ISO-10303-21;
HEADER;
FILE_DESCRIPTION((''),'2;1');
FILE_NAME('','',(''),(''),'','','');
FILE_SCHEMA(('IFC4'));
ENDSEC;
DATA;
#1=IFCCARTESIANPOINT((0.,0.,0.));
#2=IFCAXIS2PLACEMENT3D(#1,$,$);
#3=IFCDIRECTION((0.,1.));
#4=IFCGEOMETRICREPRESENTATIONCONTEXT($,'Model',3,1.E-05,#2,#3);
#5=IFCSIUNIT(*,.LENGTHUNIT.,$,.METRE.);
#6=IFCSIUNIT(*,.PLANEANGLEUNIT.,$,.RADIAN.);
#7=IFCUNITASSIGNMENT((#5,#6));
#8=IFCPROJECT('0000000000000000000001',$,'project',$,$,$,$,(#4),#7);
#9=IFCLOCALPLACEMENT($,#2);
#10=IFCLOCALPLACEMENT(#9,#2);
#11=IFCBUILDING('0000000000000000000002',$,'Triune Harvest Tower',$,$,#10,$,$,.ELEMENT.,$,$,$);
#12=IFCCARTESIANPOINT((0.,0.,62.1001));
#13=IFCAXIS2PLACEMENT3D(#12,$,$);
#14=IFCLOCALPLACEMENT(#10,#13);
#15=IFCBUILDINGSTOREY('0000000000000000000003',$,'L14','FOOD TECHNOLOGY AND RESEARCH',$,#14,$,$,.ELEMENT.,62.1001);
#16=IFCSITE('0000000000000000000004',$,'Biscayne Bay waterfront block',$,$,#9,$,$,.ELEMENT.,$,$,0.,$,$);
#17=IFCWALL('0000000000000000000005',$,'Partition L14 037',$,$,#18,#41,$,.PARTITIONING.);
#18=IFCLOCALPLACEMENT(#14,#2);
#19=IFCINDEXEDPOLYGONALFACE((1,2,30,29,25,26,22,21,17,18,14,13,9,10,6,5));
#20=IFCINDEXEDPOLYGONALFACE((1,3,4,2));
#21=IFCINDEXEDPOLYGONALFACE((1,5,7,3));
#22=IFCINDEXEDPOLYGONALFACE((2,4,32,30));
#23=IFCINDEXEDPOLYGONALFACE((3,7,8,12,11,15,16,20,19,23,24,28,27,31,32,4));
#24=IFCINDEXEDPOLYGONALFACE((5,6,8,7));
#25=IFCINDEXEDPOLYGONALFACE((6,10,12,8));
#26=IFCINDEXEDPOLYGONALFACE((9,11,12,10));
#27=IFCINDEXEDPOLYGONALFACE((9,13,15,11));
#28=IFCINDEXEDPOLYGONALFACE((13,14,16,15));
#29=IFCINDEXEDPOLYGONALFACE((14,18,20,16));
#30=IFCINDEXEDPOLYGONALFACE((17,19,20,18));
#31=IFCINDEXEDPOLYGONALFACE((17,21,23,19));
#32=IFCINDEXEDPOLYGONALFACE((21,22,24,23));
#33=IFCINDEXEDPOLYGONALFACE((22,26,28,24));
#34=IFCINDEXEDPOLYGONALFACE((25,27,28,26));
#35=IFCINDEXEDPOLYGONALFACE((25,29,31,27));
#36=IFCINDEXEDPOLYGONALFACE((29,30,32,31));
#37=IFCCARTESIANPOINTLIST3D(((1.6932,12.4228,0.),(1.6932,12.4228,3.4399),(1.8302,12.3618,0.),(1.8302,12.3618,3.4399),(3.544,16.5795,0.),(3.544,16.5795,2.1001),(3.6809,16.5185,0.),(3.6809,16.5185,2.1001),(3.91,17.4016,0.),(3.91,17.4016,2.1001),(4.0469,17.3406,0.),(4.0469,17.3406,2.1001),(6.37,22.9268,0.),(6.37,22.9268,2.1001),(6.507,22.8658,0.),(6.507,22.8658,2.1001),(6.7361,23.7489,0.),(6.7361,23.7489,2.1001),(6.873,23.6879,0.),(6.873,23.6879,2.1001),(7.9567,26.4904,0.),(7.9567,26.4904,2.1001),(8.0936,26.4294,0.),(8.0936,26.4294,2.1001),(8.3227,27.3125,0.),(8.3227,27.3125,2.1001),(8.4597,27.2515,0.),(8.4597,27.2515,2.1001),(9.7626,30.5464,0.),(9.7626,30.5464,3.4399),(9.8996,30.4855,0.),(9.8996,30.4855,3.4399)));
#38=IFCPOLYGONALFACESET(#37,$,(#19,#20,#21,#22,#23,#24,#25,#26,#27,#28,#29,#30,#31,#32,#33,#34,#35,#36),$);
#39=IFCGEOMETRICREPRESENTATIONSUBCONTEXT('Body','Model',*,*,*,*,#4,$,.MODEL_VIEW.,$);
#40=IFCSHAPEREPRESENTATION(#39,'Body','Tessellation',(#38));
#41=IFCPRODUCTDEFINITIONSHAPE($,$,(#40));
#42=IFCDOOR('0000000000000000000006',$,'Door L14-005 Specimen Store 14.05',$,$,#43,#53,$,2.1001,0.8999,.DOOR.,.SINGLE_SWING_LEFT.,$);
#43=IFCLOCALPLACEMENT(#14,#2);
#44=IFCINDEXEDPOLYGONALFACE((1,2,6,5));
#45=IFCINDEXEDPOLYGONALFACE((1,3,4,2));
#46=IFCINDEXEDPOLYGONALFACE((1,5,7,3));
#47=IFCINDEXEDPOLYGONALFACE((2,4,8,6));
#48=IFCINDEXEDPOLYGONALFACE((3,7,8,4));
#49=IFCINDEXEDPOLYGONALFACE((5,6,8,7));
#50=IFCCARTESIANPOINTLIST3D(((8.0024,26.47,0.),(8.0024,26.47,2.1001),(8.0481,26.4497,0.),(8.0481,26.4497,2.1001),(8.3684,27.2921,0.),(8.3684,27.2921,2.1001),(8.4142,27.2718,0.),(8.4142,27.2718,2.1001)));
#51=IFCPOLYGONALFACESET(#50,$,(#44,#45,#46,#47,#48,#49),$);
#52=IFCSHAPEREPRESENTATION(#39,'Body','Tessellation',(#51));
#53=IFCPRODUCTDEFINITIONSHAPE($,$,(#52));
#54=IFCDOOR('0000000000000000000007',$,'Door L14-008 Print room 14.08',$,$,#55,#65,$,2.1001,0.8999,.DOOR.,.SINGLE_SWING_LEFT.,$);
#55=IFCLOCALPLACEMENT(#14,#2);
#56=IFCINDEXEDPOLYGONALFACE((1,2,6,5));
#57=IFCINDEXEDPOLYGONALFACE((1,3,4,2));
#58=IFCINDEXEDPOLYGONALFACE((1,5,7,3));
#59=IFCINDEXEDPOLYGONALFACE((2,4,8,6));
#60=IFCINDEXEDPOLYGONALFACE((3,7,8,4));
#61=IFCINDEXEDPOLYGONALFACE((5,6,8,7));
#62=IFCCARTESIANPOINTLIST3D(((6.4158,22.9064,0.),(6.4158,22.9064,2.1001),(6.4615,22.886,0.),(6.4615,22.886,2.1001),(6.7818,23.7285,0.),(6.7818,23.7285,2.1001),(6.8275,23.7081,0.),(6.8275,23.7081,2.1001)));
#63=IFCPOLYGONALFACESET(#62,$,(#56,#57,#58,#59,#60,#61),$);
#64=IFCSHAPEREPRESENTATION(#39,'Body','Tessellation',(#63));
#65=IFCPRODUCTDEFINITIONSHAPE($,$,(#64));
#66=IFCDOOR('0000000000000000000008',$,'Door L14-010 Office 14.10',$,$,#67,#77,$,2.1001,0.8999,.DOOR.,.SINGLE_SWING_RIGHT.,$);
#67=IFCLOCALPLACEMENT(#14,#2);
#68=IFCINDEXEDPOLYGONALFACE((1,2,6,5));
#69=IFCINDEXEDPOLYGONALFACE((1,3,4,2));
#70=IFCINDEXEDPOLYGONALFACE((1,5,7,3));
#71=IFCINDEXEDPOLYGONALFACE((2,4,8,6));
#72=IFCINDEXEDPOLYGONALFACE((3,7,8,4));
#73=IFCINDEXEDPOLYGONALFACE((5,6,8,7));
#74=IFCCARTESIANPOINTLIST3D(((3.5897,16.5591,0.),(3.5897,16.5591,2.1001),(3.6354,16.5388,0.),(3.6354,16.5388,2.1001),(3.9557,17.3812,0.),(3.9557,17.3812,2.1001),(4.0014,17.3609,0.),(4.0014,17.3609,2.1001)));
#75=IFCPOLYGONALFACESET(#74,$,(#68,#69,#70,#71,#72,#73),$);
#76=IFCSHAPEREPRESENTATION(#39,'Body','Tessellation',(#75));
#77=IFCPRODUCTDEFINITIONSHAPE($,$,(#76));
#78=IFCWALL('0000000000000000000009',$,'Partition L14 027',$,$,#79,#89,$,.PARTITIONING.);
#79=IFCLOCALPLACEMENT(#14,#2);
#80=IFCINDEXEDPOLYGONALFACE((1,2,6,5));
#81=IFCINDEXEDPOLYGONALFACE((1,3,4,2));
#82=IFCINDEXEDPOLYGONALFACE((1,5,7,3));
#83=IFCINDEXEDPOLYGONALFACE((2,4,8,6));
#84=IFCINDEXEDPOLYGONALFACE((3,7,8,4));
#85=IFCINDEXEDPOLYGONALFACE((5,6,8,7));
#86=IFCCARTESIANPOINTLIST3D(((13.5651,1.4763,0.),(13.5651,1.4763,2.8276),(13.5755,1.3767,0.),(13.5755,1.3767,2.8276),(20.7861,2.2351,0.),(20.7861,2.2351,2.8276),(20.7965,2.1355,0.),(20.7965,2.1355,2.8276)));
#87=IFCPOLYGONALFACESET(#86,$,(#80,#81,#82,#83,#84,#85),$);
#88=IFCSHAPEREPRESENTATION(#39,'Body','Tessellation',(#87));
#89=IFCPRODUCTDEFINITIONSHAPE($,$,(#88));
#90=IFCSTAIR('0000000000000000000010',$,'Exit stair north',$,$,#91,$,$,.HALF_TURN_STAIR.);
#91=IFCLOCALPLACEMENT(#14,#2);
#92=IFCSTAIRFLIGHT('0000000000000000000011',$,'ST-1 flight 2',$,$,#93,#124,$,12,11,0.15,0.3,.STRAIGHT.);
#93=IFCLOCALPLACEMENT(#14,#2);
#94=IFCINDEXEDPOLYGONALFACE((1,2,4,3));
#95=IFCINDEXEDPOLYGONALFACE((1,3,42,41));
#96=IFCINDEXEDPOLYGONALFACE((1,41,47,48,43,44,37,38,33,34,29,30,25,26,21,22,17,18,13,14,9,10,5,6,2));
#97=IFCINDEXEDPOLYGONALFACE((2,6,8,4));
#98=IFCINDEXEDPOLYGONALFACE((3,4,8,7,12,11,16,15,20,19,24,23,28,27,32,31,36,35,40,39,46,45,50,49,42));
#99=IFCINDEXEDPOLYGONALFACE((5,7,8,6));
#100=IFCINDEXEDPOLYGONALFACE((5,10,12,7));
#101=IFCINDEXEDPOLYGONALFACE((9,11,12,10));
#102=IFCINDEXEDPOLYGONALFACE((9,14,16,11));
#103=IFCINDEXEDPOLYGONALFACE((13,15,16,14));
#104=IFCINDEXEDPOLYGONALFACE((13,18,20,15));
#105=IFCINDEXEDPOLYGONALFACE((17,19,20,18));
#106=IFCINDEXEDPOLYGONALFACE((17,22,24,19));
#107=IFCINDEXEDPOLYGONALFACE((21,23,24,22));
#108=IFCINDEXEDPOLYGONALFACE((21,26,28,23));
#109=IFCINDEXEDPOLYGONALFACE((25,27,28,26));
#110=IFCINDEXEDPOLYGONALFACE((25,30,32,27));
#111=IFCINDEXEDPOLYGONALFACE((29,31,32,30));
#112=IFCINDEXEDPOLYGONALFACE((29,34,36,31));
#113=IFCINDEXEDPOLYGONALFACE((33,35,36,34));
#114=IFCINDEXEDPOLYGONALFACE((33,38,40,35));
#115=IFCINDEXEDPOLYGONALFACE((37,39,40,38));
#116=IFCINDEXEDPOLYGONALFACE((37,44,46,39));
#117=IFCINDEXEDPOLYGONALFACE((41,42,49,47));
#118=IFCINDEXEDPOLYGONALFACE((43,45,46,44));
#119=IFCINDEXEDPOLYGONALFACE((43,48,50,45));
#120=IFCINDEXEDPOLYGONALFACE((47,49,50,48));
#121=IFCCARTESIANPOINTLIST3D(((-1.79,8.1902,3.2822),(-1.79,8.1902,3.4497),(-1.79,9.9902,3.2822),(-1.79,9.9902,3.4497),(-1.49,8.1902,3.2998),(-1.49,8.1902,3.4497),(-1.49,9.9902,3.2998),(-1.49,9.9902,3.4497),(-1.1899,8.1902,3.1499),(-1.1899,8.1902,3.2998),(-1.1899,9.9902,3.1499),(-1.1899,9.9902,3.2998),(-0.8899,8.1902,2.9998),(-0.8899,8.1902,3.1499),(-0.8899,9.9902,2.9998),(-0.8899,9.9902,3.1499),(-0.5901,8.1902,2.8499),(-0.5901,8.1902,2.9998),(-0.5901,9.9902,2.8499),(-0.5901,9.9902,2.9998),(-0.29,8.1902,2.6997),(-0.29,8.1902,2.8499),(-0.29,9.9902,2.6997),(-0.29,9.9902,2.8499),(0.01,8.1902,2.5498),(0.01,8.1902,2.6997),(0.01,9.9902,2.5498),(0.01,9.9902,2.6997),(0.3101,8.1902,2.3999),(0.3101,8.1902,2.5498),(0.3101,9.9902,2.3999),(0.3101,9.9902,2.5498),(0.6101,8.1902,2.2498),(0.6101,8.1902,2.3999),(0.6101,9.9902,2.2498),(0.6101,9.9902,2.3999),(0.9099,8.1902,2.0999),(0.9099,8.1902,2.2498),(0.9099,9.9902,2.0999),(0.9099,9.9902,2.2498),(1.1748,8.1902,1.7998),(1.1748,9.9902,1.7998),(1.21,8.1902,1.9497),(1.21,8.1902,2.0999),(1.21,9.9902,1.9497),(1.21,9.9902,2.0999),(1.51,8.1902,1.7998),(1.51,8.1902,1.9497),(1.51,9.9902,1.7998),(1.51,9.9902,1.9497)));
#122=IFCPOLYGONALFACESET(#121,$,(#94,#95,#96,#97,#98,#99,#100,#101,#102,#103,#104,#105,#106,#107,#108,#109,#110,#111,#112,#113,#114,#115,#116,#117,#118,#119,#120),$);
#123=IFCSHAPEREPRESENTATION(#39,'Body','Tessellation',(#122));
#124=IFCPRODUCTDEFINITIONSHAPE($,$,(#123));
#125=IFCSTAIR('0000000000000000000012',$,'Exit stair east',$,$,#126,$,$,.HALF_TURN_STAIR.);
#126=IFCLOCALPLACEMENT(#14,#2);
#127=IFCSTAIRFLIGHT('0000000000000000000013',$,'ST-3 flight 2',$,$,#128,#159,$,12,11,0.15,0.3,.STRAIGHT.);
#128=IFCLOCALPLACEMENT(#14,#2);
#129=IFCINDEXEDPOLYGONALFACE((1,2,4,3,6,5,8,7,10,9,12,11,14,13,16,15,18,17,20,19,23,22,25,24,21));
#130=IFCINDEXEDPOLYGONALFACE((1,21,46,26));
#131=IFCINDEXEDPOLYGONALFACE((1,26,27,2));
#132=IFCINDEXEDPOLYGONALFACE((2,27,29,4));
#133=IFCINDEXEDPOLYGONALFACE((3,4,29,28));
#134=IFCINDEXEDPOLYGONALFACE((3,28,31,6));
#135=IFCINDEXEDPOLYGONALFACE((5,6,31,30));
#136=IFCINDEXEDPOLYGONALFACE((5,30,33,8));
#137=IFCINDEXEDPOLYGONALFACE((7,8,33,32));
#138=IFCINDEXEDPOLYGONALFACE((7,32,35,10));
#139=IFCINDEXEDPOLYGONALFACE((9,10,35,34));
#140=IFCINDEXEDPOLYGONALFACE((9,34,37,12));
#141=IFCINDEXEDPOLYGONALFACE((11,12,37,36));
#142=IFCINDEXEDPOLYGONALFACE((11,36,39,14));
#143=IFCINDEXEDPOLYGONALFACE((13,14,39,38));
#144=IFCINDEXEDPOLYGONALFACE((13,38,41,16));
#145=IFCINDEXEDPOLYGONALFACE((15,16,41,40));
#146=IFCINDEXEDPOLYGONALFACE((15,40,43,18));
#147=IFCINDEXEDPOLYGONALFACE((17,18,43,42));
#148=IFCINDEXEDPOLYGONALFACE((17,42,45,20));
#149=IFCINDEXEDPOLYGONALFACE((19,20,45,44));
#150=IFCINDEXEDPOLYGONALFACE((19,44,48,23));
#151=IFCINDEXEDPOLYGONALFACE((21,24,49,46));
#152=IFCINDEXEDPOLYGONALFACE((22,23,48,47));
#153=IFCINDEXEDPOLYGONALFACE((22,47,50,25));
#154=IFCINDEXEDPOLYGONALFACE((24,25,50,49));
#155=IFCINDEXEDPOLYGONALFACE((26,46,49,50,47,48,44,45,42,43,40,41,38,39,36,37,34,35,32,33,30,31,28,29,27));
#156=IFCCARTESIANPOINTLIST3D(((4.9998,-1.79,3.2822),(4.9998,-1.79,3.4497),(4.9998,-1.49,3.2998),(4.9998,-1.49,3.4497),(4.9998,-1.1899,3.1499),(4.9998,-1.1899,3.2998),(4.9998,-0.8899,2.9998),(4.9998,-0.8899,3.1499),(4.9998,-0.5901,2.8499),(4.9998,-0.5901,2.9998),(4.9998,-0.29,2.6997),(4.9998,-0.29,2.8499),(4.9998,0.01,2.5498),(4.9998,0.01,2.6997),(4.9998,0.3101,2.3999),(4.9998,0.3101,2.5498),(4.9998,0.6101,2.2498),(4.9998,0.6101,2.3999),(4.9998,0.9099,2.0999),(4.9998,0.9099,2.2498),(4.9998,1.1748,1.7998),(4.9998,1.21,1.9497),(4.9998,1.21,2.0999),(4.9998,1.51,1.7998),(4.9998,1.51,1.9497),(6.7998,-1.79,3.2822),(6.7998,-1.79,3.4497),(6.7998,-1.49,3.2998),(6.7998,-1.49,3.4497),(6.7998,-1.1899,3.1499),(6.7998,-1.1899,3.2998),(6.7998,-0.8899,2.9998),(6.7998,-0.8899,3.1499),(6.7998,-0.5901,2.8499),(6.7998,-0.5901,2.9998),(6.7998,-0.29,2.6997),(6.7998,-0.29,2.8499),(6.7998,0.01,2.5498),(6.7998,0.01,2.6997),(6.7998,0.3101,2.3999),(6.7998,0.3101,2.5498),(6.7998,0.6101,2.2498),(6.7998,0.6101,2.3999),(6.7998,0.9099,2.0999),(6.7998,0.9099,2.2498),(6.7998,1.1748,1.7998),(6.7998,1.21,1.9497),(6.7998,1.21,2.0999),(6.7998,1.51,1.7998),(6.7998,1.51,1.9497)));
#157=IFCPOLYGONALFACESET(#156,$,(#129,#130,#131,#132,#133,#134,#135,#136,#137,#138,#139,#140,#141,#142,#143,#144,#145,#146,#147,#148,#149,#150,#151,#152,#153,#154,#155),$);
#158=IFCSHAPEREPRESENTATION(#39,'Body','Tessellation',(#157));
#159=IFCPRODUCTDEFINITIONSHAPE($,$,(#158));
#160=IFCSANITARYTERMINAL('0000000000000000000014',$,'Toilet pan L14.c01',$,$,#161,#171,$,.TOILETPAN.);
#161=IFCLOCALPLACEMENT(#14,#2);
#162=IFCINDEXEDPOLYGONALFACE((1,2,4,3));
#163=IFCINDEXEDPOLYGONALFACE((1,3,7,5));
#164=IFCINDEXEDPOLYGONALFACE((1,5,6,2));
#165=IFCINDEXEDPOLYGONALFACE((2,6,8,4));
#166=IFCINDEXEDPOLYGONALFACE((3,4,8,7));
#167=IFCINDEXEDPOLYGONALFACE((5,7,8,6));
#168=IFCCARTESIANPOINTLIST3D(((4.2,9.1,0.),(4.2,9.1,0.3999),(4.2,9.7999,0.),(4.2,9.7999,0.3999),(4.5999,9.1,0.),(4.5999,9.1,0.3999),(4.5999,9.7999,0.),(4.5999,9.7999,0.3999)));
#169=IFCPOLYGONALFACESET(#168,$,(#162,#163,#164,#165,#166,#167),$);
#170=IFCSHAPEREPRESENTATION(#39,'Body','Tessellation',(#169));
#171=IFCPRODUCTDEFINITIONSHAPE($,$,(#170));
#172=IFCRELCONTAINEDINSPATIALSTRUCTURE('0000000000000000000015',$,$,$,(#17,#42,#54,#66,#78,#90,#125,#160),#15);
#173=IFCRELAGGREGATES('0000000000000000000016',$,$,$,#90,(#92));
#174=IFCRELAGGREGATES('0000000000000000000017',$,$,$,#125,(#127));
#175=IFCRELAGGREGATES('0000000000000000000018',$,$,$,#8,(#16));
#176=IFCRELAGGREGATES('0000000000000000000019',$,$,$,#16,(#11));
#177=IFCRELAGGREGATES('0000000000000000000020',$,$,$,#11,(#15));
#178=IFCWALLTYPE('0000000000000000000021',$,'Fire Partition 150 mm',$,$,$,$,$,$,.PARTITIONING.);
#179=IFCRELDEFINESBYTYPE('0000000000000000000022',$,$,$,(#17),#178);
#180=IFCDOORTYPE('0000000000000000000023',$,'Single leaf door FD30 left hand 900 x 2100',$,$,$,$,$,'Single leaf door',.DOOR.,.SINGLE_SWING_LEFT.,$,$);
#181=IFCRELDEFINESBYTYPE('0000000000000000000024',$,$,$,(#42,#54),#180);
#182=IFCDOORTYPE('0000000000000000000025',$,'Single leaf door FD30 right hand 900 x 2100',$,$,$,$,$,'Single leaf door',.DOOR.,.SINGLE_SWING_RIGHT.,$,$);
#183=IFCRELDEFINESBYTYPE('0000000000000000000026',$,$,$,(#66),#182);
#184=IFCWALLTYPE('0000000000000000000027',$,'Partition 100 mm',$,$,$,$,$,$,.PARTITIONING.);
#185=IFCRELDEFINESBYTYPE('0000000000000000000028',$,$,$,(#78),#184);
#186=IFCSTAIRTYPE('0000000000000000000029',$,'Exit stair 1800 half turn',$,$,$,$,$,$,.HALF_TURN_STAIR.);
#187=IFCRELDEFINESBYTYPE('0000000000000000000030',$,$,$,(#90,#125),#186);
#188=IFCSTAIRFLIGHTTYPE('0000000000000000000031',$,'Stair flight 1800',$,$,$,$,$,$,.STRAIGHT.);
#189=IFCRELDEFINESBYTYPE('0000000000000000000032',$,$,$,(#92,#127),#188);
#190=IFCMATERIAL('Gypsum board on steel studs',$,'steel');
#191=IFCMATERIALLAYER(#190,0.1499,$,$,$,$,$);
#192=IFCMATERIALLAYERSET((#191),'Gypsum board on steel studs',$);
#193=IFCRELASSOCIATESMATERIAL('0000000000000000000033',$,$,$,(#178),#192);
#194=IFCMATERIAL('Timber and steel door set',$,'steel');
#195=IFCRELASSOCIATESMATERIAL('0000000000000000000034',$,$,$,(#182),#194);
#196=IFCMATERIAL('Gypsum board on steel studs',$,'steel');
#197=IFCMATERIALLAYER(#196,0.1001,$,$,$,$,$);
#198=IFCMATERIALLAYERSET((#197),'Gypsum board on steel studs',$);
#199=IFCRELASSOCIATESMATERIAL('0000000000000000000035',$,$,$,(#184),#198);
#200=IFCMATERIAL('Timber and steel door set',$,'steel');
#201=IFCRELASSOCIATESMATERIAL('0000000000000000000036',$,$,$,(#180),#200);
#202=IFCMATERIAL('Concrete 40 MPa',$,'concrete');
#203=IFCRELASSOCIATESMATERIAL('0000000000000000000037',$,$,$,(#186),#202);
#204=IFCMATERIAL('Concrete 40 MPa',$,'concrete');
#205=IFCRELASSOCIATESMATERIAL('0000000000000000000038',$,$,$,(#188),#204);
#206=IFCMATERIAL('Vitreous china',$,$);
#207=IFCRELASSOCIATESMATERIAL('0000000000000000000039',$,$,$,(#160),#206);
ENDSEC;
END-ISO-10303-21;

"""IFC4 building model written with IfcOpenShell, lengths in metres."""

from ifc_helpers import new_model, si_unit, direction, frame, frame_2d, origin, origin_2d, place, context, subcontext, project, spatial, polyline, rectangle, outline, extrude, source, transform, mapped, material, layer, layer_set, type_object, element, fill, aggregate, save


model = new_model("IFC4")

# Units and contexts
model_context = context("Model", 3, precision=1e-05, world=origin(), true_north=direction((0.0, 1.0)))
body_context = subcontext(model_context, "Body", "Model", "MODEL_VIEW")
ifc_project = project(units=[si_unit("LENGTHUNIT", "METRE"), si_unit("PLANEANGLEUNIT", "RADIAN")], contexts=[model_context])

# Site, building, storey
site_placement = place(None, origin())
site = spatial("IfcSite", under=ifc_project, at=site_placement, Name="Biscayne Bay waterfront block", CompositionType="ELEMENT", RefElevation=0.0)
building_placement = place(site_placement, origin())
building = spatial("IfcBuilding", under=site, at=building_placement, Name="Triune Harvest Tower", CompositionType="ELEMENT")
storey_placement = place(building_placement, frame((0.0, 0.0, 62.1001)))
storey = spatial("IfcBuildingStorey", under=building, at=storey_placement, Name="L14", Description="FOOD TECHNOLOGY AND RESEARCH", CompositionType="ELEMENT", Elevation=62.1001)

# Shared definitions
ifc_material_1 = material(Name="Gypsum board on steel studs", Category="steel")
ifc_layer_1 = layer(ifc_material_1, 0.1499)
ifc_layer_set_1 = layer_set([ifc_layer_1], Name="Gypsum board on steel studs")
wall_type_1 = type_object("IfcWallType", Name="Fire Partition 150 mm", PredefinedType="PARTITIONING", material=ifc_layer_set_1)

# Shared definitions
ifc_material_2 = material(Name="Timber and steel door set", Category="steel")
door_type_1 = type_object("IfcDoorType", Name="Single leaf door FD30 right hand 900 x 2100", ElementType="Single leaf door", OperationType="SINGLE_SWING_RIGHT", PredefinedType="DOOR", material=ifc_material_2)

# Shared definitions
ifc_material_3 = material(Name="Gypsum board on steel studs", Category="steel")
ifc_layer_2 = layer(ifc_material_3, 0.1001)
ifc_layer_set_2 = layer_set([ifc_layer_2], Name="Gypsum board on steel studs")
wall_type_2 = type_object("IfcWallType", Name="Partition 100 mm", PredefinedType="PARTITIONING", material=ifc_layer_set_2)

# Wall, openings, doors
shared_shape_1 = source(origin(), body_context, "Body", "SweptSolid", [
    extrude(rectangle(XDim=19.8389, YDim=0.1499, at=frame_2d((9.9194, 0.0))), origin(), (0.0, 0.0, 1.0), 3.4399),
])
wall_1_placement = place(storey_placement, frame((1.7617, 12.3923, 0.0), z_axis=(0.0, 0.0, 1.0), x_axis=(0.406746, 0.913541, 0.0)))
wall_1 = element("IfcWall", 1, at=wall_1_placement, inside=storey, type_object=wall_type_1, Name="Partition L14 037", PredefinedType="PARTITIONING", context=body_context, shape_type="MappedRepresentation", body=[
    mapped(shared_shape_1, transform((0.0, 0.0, 0.0), scale=1.0)),
])
opening_1_placement = place(wall_1_placement, frame((15.3989, 0.0, 0.0)))
opening_1 = element("IfcOpeningElement", 2, at=opening_1_placement, cuts=wall_1, PredefinedType="OPENING", context=body_context, shape_type="SweptSolid", body=[
    extrude(rectangle(XDim=0.8999, YDim=2.1001, at=frame_2d((0.45, 1.05))), frame((0.0, 0.085, 0.0), z_axis=(0.0, -1.0, 0.0), x_axis=(1.0, 0.0, 0.0)), (0.0, 0.0, 1.0), 0.1699),
])
opening_2_placement = place(wall_1_placement, frame((11.498, 0.0, 0.0)))
opening_2 = element("IfcOpeningElement", 3, at=opening_2_placement, cuts=wall_1, PredefinedType="OPENING", context=body_context, shape_type="SweptSolid", body=[
    extrude(rectangle(XDim=0.8999, YDim=2.1001, at=frame_2d((0.45, 1.05))), frame((0.0, 0.085, 0.0), z_axis=(0.0, -1.0, 0.0), x_axis=(1.0, 0.0, 0.0)), (0.0, 0.0, 1.0), 0.1699),
])
opening_3_placement = place(wall_1_placement, frame((4.55, 0.0, 0.0)))
opening_3 = element("IfcOpeningElement", 4, at=opening_3_placement, cuts=wall_1, PredefinedType="OPENING", context=body_context, shape_type="SweptSolid", body=[
    extrude(rectangle(XDim=0.8999, YDim=2.1001, at=frame_2d((0.45, 1.05))), frame((0.0, 0.085, 0.0), z_axis=(0.0, -1.0, 0.0), x_axis=(1.0, 0.0, 0.0)), (0.0, 0.0, 1.0), 0.1699),
])
ifc_material_4 = material(Name="Timber and steel door set", Category="steel")
door_type_2 = type_object("IfcDoorType", Name="Single leaf door FD30 left hand 900 x 2100", ElementType="Single leaf door", OperationType="SINGLE_SWING_LEFT", PredefinedType="DOOR", material=ifc_material_4)
door_1_placement = place(opening_1_placement, origin())
door_1 = element("IfcDoor", 5, at=door_1_placement, inside=storey, type_object=door_type_2, Name="Door L14-005 Specimen Store 14.05", OperationType="SINGLE_SWING_LEFT", OverallHeight=2.1001, OverallWidth=0.8999, PredefinedType="DOOR", context=body_context, shape_type="SweptSolid", body=[
    extrude(rectangle(XDim=0.8999, YDim=2.1001, at=frame_2d((0.45, 1.05))), frame((0.0, 0.0249, 0.0), z_axis=(0.0, -1.0, 0.0), x_axis=(1.0, 0.0, 0.0)), (0.0, 0.0, 1.0), 0.05),
])
fill(opening_1, door_1)
door_2_placement = place(opening_2_placement, origin())
door_2 = element("IfcDoor", 6, at=door_2_placement, inside=storey, type_object=door_type_2, Name="Door L14-008 Print room 14.08", OperationType="SINGLE_SWING_LEFT", OverallHeight=2.1001, OverallWidth=0.8999, PredefinedType="DOOR", context=body_context, shape_type="SweptSolid", body=[
    extrude(rectangle(XDim=0.8999, YDim=2.1001, at=frame_2d((0.45, 1.05))), frame((0.0, 0.0249, 0.0), z_axis=(0.0, -1.0, 0.0), x_axis=(1.0, 0.0, 0.0)), (0.0, 0.0, 1.0), 0.05),
])
fill(opening_2, door_2)
door_3_placement = place(opening_3_placement, origin())
door_3 = element("IfcDoor", 7, at=door_3_placement, inside=storey, type_object=door_type_1, Name="Door L14-010 Office 14.10", OperationType="SINGLE_SWING_RIGHT", OverallHeight=2.1001, OverallWidth=0.8999, PredefinedType="DOOR", context=body_context, shape_type="SweptSolid", body=[
    extrude(rectangle(XDim=0.8999, YDim=2.1001, at=frame_2d((0.45, 1.05))), frame((0.0, 0.0249, 0.0), z_axis=(0.0, -1.0, 0.0), x_axis=(1.0, 0.0, 0.0)), (0.0, 0.0, 1.0), 0.05),
])
fill(opening_3, door_3)

# Wall
shared_shape_2 = source(origin(), body_context, "Body", "SweptSolid", [
    extrude(rectangle(XDim=7.2607, YDim=0.1001, at=frame_2d((3.6304, 0.0))), origin(), (0.0, 0.0, 1.0), 2.8276),
])
wall_2_placement = place(storey_placement, frame((13.5703, 1.4265, 0.0), z_axis=(0.0, 0.0, 1.0), x_axis=(0.994524, 0.104506, 0.0)))
element("IfcWall", 8, at=wall_2_placement, inside=storey, type_object=wall_type_2, Name="Partition L14 027", PredefinedType="PARTITIONING", context=body_context, shape_type="MappedRepresentation", body=[
    mapped(shared_shape_2, transform((0.0, 0.0, 0.0), scale=1.0)),
])

# Stairs, stair flights
ifc_material_5 = material(Name="Concrete 40 MPa", Category="concrete")
stair_type = type_object("IfcStairType", Name="Exit stair 1800 half turn", PredefinedType="HALF_TURN_STAIR", material=ifc_material_5)
stair_1_placement = place(storey_placement, origin())
stair_1 = element("IfcStair", 9, at=stair_1_placement, inside=storey, type_object=stair_type, Name="Exit stair north", PredefinedType="HALF_TURN_STAIR")
ifc_material_6 = material(Name="Concrete 40 MPa", Category="concrete")
stair_flight_type = type_object("IfcStairFlightType", Name="Stair flight 1800", PredefinedType="STRAIGHT", material=ifc_material_6)
shared_shape_3 = source(origin(), body_context, "Body", "SweptSolid", [
    extrude(outline(polyline([(0.0, 0.0), (0.0, 0.1499), (0.3, 0.1499), (0.3, 0.3), (0.6001, 0.3), (0.6001, 0.45), (0.8999, 0.45), (0.8999, 0.6001), (1.2, 0.6001), (1.2, 0.75), (1.5, 0.75), (1.5, 0.8999), (1.8, 0.8999), (1.8, 1.05), (2.1001, 1.05), (2.1001, 1.2), (2.3999, 1.2), (2.3999, 1.3501), (2.7, 1.3501), (2.7, 1.5), (3.0, 1.5), (3.0, 1.6499), (3.3, 1.6499), (3.3, 1.8), (3.3, 1.4824), (0.3352, 0.0), (0.0, 0.0)])), frame((0.0, 0.8999, 0.0), z_axis=(0.0, -1.0, 0.0), x_axis=(1.0, 0.0, 0.0)), (0.0, 0.0, 1.0), 1.8),
])
stair_flight_1_placement = place(storey_placement, frame((1.51, 9.0901, 1.7998), z_axis=(0.0, 0.0, 1.0), x_axis=(-1.0, 0.0, 0.0)))
stair_flight_1 = element("IfcStairFlight", 10, at=stair_flight_1_placement, type_object=stair_flight_type, Name="ST-1 flight 2", NumberOfRisers=12, NumberOfTreads=11, PredefinedType="STRAIGHT", RiserHeight=0.15, TreadLength=0.3, context=body_context, shape_type="MappedRepresentation", body=[
    mapped(shared_shape_3, transform((0.0, 0.0, 0.0), scale=1.0)),
])
aggregate(stair_1, [stair_flight_1])
stair_2_placement = place(storey_placement, origin())
stair_2 = element("IfcStair", 11, at=stair_2_placement, inside=storey, type_object=stair_type, Name="Exit stair east", PredefinedType="HALF_TURN_STAIR")
stair_flight_2_placement = place(storey_placement, frame((5.8999, 1.51, 1.7998), z_axis=(0.0, 0.0, 1.0), x_axis=(0.0, -1.0, 0.0)))
stair_flight_2 = element("IfcStairFlight", 12, at=stair_flight_2_placement, type_object=stair_flight_type, Name="ST-3 flight 2", NumberOfRisers=12, NumberOfTreads=11, PredefinedType="STRAIGHT", RiserHeight=0.15, TreadLength=0.3, context=body_context, shape_type="MappedRepresentation", body=[
    mapped(shared_shape_3, transform((0.0, 0.0, 0.0), scale=1.0)),
])
aggregate(stair_2, [stair_flight_2])

# Sanitary terminal
ifc_material_7 = material(Name="Vitreous china")
shared_shape_4 = source(origin(), body_context, "Body", "SweptSolid", [
    extrude(rectangle(XDim=0.3999, YDim=0.7, at=origin_2d()), origin(), (0.0, 0.0, 1.0), 0.3999),
])
for number, where, z_axis, x_axis, name in (
    (13, (4.3999, 9.45, 0.0), (0.0, 0.0, 1.0), (1.0, 0.0, 0.0), "Toilet pan L14.c01"),
):
    element("IfcSanitaryTerminal", number, at=place(storey_placement, frame(where, z_axis=z_axis, x_axis=x_axis)), inside=storey, material=ifc_material_7, Name=name, PredefinedType="TOILETPAN", context=body_context, shape_type="MappedRepresentation", body=[
        mapped(shared_shape_4, transform((0.0, 0.0, 0.0), scale=1.0)),
    ])

save(model, "model.ifc")
